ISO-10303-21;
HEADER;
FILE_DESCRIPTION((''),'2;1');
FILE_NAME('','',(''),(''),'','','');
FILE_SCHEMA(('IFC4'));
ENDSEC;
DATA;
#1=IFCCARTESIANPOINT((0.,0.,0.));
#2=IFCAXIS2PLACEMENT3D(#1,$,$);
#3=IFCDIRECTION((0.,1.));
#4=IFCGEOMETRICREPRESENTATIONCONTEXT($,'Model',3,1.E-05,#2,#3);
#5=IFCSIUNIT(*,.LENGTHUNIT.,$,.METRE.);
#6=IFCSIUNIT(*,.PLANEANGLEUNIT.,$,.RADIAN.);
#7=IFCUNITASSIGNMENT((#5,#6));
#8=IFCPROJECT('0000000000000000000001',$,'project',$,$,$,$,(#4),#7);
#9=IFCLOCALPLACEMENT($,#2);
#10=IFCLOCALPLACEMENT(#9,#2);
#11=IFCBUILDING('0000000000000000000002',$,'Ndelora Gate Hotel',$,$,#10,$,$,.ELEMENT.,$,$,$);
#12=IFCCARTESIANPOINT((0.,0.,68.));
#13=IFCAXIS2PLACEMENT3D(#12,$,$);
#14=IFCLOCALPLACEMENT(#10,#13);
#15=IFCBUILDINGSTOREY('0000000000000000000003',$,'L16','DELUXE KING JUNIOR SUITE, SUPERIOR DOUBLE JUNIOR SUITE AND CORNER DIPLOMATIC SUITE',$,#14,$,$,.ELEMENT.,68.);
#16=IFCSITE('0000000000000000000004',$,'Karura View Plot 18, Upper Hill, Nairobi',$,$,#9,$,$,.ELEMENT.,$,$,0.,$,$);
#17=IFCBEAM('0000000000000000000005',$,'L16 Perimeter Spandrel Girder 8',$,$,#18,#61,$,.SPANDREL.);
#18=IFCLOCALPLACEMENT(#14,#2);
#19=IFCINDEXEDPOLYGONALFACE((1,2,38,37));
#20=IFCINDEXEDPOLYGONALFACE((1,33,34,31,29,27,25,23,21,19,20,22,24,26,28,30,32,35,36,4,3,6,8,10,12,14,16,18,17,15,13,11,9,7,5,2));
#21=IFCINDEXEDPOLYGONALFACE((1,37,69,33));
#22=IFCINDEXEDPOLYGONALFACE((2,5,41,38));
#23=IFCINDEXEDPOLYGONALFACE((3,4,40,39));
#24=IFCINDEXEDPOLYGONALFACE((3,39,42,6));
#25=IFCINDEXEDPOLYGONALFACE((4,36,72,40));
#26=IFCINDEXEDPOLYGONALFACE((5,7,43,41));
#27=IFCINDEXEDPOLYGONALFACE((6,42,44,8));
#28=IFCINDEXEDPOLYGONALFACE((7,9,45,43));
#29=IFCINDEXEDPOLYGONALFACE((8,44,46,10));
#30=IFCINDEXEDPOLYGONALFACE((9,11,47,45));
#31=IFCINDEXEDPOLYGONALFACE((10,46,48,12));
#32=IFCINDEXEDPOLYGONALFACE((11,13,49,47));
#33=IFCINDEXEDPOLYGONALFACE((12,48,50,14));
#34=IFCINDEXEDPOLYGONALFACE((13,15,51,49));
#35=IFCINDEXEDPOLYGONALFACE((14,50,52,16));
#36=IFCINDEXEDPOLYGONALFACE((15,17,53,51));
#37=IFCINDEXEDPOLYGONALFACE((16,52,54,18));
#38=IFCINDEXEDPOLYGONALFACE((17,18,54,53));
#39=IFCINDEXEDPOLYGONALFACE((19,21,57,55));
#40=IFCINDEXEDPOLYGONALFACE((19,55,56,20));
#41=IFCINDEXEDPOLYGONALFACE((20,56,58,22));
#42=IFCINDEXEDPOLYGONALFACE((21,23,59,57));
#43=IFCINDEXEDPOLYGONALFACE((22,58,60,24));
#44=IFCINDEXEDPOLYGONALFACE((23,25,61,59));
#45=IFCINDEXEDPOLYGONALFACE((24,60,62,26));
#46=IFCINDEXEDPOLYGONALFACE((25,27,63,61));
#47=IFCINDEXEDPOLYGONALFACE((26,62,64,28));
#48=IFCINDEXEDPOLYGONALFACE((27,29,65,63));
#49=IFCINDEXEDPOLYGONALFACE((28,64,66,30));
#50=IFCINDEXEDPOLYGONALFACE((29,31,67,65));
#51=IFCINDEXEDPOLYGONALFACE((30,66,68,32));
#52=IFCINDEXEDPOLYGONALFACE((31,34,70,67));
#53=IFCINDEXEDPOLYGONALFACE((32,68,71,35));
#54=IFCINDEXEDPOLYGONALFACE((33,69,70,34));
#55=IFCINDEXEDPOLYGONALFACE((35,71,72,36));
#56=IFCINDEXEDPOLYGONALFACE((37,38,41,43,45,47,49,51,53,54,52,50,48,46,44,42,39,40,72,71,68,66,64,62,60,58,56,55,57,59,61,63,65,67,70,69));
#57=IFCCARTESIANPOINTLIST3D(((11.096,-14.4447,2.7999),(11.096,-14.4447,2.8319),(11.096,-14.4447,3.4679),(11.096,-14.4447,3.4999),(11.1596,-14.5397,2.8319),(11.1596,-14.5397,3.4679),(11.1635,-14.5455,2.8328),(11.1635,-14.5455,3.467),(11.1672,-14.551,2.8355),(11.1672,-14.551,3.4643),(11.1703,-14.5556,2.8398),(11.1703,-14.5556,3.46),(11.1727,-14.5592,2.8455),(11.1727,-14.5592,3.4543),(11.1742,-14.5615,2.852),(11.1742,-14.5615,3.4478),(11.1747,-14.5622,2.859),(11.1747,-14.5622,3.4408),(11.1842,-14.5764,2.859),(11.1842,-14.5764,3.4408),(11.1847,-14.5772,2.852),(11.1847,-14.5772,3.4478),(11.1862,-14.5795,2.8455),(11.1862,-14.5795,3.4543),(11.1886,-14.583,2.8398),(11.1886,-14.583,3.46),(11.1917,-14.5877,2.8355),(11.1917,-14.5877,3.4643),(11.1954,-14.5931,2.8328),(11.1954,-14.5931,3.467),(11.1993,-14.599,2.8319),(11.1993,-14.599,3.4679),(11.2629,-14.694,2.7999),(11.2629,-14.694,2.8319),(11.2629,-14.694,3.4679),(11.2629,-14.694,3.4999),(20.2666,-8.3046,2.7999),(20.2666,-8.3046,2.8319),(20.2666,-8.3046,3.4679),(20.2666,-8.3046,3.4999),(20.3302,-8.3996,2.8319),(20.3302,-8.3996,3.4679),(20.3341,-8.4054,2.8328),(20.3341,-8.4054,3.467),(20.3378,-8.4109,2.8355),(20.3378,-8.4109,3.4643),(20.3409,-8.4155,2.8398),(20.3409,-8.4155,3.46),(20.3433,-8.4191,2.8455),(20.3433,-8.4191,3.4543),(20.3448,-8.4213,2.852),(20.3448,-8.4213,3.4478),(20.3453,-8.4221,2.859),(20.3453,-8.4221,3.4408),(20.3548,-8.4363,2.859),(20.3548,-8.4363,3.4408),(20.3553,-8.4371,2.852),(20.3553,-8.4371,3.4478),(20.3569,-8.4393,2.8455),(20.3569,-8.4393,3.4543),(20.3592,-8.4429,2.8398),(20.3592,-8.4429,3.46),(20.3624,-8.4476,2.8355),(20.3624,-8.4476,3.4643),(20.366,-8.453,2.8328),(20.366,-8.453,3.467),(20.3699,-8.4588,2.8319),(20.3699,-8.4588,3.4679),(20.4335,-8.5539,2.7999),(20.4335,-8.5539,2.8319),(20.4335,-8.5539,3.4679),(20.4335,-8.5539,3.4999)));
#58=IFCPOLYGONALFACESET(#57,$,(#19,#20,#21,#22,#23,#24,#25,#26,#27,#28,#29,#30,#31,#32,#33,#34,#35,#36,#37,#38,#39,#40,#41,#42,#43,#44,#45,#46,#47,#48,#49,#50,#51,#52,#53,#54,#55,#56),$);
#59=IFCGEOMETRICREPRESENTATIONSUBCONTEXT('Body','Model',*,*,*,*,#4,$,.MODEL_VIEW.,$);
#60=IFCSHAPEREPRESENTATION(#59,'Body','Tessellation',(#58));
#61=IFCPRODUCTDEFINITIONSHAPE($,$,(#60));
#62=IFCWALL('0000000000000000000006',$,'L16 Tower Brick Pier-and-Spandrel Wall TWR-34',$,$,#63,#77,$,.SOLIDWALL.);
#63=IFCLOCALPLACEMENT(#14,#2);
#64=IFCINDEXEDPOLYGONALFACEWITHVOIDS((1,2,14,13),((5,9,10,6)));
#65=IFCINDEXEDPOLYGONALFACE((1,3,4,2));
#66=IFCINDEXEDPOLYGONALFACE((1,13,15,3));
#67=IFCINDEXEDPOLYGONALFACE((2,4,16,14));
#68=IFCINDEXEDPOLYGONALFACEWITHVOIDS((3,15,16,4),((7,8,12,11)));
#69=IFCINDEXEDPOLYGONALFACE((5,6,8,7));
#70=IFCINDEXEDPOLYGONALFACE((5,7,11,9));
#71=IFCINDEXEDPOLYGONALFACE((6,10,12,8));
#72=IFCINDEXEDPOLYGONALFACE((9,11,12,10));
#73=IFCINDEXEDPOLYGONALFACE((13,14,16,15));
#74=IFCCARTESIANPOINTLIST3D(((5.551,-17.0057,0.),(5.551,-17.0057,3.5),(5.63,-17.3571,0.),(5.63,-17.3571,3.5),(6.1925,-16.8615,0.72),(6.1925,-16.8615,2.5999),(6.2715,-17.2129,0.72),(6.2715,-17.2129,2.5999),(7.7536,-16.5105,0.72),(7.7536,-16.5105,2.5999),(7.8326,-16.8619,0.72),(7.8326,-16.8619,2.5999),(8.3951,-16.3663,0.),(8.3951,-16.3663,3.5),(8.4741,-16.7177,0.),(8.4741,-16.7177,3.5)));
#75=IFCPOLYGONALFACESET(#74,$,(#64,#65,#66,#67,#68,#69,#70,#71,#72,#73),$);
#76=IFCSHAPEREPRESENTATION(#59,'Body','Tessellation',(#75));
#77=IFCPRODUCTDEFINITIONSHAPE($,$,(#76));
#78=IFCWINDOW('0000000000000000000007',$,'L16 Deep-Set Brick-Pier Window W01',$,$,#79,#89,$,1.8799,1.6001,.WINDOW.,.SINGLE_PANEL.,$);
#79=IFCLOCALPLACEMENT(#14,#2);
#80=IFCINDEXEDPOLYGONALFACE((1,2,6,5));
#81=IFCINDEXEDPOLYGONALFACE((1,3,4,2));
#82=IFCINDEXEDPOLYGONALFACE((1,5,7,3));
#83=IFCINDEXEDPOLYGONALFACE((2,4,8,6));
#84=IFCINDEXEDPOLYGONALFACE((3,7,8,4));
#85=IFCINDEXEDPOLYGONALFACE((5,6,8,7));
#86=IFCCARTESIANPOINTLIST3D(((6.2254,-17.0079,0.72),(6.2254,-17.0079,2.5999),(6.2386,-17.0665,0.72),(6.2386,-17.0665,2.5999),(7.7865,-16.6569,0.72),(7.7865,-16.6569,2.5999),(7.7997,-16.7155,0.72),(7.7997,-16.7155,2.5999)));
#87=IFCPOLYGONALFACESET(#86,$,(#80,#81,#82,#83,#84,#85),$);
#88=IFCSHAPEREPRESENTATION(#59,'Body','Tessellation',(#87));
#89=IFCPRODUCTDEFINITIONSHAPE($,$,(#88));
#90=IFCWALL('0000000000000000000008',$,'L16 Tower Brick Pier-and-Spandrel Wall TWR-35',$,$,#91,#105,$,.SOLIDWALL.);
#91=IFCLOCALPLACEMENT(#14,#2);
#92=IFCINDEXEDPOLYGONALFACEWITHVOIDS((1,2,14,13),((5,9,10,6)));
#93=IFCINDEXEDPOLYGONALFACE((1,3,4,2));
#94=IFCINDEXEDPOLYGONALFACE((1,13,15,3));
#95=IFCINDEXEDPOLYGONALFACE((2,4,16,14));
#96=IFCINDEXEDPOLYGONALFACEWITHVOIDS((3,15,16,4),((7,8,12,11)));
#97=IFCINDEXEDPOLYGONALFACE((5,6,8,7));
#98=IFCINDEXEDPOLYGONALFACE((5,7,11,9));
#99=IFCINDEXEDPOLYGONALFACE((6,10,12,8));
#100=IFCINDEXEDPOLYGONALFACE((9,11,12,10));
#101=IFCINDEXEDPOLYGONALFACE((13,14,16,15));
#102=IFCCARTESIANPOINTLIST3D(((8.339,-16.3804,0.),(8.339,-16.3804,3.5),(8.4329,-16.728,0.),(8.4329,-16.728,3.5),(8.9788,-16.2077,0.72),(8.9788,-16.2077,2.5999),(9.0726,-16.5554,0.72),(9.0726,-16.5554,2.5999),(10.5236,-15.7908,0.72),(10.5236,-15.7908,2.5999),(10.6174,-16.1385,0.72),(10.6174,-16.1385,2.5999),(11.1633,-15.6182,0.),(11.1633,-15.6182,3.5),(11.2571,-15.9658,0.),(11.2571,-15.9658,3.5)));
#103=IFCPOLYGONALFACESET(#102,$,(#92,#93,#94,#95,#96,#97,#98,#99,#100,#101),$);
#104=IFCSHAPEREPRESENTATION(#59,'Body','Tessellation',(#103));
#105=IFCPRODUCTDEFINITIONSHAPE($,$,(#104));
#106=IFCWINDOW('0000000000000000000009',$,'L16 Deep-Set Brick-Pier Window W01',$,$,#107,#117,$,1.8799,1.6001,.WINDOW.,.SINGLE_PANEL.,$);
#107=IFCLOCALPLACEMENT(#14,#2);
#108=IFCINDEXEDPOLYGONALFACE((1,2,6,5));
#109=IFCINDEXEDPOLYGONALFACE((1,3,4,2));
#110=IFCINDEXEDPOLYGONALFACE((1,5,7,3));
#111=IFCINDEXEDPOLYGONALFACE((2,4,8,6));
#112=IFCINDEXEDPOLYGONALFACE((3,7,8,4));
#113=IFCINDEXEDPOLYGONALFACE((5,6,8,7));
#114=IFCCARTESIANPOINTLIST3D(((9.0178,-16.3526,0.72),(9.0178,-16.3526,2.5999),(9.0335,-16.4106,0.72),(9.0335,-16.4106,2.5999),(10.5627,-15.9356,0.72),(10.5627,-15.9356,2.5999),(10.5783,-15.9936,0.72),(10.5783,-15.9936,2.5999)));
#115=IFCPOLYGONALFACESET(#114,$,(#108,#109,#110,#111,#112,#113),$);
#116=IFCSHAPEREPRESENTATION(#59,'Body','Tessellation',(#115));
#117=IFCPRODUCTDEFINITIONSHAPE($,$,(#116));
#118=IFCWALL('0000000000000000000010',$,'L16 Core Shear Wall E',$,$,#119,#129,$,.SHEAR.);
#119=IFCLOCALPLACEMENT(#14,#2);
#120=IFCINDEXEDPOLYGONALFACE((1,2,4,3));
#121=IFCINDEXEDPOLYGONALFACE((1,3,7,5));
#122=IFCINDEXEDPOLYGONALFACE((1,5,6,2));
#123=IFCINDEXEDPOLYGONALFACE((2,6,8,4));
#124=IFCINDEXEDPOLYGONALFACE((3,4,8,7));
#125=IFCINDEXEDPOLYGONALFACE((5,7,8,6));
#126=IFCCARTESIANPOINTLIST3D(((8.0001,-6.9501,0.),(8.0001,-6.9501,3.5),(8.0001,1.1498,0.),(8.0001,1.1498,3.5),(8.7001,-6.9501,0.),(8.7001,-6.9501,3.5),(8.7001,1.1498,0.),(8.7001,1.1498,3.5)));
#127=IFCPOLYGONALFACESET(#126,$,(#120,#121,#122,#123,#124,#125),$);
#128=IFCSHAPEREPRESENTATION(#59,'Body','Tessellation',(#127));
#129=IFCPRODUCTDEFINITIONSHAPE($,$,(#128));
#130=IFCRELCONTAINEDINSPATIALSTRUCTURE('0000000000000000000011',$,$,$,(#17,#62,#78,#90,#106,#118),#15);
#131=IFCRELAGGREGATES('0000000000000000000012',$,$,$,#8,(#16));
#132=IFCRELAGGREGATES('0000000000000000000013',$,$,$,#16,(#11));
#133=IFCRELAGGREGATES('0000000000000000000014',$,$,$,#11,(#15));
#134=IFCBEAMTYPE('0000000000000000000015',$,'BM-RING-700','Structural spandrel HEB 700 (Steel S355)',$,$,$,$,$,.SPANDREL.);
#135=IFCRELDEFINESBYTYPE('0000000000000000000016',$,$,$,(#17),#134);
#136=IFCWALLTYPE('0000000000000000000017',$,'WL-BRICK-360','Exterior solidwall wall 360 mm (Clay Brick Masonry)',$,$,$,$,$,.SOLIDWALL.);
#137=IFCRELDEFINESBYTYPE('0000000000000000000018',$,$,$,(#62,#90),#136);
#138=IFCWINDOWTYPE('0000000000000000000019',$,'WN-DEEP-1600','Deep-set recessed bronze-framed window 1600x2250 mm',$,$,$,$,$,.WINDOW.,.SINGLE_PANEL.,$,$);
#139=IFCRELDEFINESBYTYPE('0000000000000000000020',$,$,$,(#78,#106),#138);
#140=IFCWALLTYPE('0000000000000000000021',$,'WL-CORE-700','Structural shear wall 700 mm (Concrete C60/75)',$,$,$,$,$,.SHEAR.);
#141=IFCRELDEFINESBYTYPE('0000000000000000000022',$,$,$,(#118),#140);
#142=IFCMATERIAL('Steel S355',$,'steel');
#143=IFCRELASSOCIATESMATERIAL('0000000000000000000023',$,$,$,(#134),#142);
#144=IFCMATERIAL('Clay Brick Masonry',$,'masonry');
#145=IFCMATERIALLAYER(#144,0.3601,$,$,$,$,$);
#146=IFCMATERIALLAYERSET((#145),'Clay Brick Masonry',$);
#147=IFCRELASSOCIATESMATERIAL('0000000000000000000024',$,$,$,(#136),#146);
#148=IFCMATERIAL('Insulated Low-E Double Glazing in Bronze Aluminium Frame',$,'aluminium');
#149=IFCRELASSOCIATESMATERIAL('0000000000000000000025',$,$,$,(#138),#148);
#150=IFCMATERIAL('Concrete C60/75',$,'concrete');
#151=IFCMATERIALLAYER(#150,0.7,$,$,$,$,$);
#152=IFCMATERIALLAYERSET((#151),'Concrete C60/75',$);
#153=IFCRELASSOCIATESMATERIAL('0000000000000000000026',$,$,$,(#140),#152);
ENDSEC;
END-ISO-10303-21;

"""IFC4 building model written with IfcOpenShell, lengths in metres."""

from ifc_helpers import new_model, si_unit, direction, frame, frame_2d, origin, origin_2d, place, context, subcontext, project, spatial, rectangle, i_section, extrude, material, layer, layer_set, material_profile, profile_set, type_object, element, fill, save


model = new_model("IFC4")

# Units and contexts
model_context = context("Model", 3, precision=1e-05, world=origin(), true_north=direction((0.0, 1.0)))
body_context = subcontext(model_context, "Body", "Model", "MODEL_VIEW")
ifc_project = project(units=[si_unit("LENGTHUNIT", "METRE"), si_unit("PLANEANGLEUNIT", "RADIAN")], contexts=[model_context])

# Site, building, storey
site_placement = place(None, origin())
site = spatial("IfcSite", under=ifc_project, at=site_placement, Name="Karura View Plot 18, Upper Hill, Nairobi", CompositionType="ELEMENT", RefElevation=0.0)
building_placement = place(site_placement, origin())
building = spatial("IfcBuilding", under=site, at=building_placement, Name="Ndelora Gate Hotel", CompositionType="ELEMENT")
storey_placement = place(building_placement, frame((0.0, 0.0, 68.0)))
storey = spatial("IfcBuildingStorey", under=building, at=storey_placement, Name="L16", Description="DELUXE KING JUNIOR SUITE, SUPERIOR DOUBLE JUNIOR SUITE AND CORNER DIPLOMATIC SUITE", CompositionType="ELEMENT", Elevation=68.0)

# Shared definitions
ifc_material_1 = material(Name="Concrete C60/75", Category="concrete")

# Beam
ifc_material_2 = material(Name="Steel S355", Category="steel")
ifc_material_profile_1 = material_profile(ifc_material_2, i_section(OverallWidth=0.3, OverallDepth=0.7, WebThickness=0.0171, FlangeThickness=0.032, FilletRadius=0.0271, at=origin_2d()), Name="HEB 700")
ifc_profile_set_1 = profile_set([ifc_material_profile_1], Name="Steel S355")
beam_type_1 = type_object("IfcBeamType", Name="BM-RING-700", Description="Structural spandrel HEB 700 (Steel S355)", PredefinedType="SPANDREL", material=ifc_profile_set_1)
beam_1_placement = place(storey_placement, frame((11.1794, -14.5693, 3.1499), z_axis=(0.830946, 0.556353, 0.0), x_axis=(-0.556353, 0.830946, 0.0)))
element("IfcBeam", 1, at=beam_1_placement, inside=storey, type_object=beam_type_1, Name="L16 Perimeter Spandrel Girder 8", PredefinedType="SPANDREL", context=body_context, shape_type="SweptSolid", body=[
    extrude(i_section(OverallWidth=0.3, OverallDepth=0.7, WebThickness=0.0171, FlangeThickness=0.032, FilletRadius=0.0271, at=origin_2d()), origin(), (0.0, 0.0, 1.0), 11.0364),
])

# Walls, openings, windows
ifc_material_3 = material(Name="Clay Brick Masonry", Category="masonry")
ifc_layer_1 = layer(ifc_material_3, 0.3601)
ifc_layer_set_1 = layer_set([ifc_layer_1], Name="Clay Brick Masonry")
wall_type_1 = type_object("IfcWallType", Name="WL-BRICK-360", Description="Exterior solidwall wall 360 mm (Clay Brick Masonry)", PredefinedType="SOLIDWALL", material=ifc_layer_set_1)
wall_1_placement = place(storey_placement, frame((8.4346, -16.542, 0.0), z_axis=(0.0, 0.0, 1.0), x_axis=(-0.975646, -0.219351, 0.0)))
wall_1 = element("IfcWall", 2, at=wall_1_placement, inside=storey, type_object=wall_type_1, Name="L16 Tower Brick Pier-and-Spandrel Wall TWR-34", PredefinedType="SOLIDWALL", context=body_context, shape_type="SweptSolid", body=[
    extrude(rectangle(XDim=2.915, YDim=0.3601, at=frame_2d((1.4575, 0.0))), origin(), (0.0, 0.0, 1.0), 3.5),
])
opening_1_placement = place(wall_1_placement, frame((0.6575, 0.0, 0.72)))
opening_1 = element("IfcOpeningElement", 3, at=opening_1_placement, cuts=wall_1, PredefinedType="OPENING", context=body_context, shape_type="SweptSolid", body=[
    extrude(rectangle(XDim=1.6001, YDim=1.8799, at=frame_2d((0.8, 0.9399))), frame((0.0, 0.1899, 0.0), z_axis=(0.0, -1.0, 0.0), x_axis=(1.0, 0.0, 0.0)), (0.0, 0.0, 1.0), 0.3801),
])
ifc_material_4 = material(Name="Insulated Low-E Double Glazing in Bronze Aluminium Frame", Category="aluminium")
window_type = type_object("IfcWindowType", Name="WN-DEEP-1600", Description="Deep-set recessed bronze-framed window 1600x2250 mm", PartitioningType="SINGLE_PANEL", PredefinedType="WINDOW", material=ifc_material_4)
window_1_placement = place(opening_1_placement, origin())
window_1 = element("IfcWindow", 4, at=window_1_placement, inside=storey, type_object=window_type, Name="L16 Deep-Set Brick-Pier Window W01", OverallHeight=1.8799, OverallWidth=1.6001, PartitioningType="SINGLE_PANEL", PredefinedType="WINDOW", context=body_context, shape_type="SweptSolid", body=[
    extrude(rectangle(XDim=1.6001, YDim=1.8799, at=frame_2d((0.8, 0.9399))), frame((0.0, 0.03, 0.0), z_axis=(0.0, -1.0, 0.0), x_axis=(1.0, 0.0, 0.0)), (0.0, 0.0, 1.0), 0.0601),
])
fill(opening_1, window_1)
wall_2_placement = place(storey_placement, frame((11.2102, -15.792, 0.0), z_axis=(0.0, 0.0, 1.0), x_axis=(-0.965458, -0.26056, 0.0)))
wall_2 = element("IfcWall", 5, at=wall_2_placement, inside=storey, type_object=wall_type_1, Name="L16 Tower Brick Pier-and-Spandrel Wall TWR-35", PredefinedType="SOLIDWALL", context=body_context, shape_type="SweptSolid", body=[
    extrude(rectangle(XDim=2.9253, YDim=0.3601, at=frame_2d((1.4626, 0.0))), origin(), (0.0, 0.0, 1.0), 3.5),
])
opening_2_placement = place(wall_2_placement, frame((0.6626, 0.0, 0.72)))
opening_2 = element("IfcOpeningElement", 6, at=opening_2_placement, cuts=wall_2, PredefinedType="OPENING", context=body_context, shape_type="SweptSolid", body=[
    extrude(rectangle(XDim=1.6001, YDim=1.8799, at=frame_2d((0.8, 0.9399))), frame((0.0, 0.1899, 0.0), z_axis=(0.0, -1.0, 0.0), x_axis=(1.0, 0.0, 0.0)), (0.0, 0.0, 1.0), 0.3801),
])
window_2_placement = place(opening_2_placement, origin())
window_2 = element("IfcWindow", 7, at=window_2_placement, inside=storey, type_object=window_type, Name="L16 Deep-Set Brick-Pier Window W01", OverallHeight=1.8799, OverallWidth=1.6001, PartitioningType="SINGLE_PANEL", PredefinedType="WINDOW", context=body_context, shape_type="SweptSolid", body=[
    extrude(rectangle(XDim=1.6001, YDim=1.8799, at=frame_2d((0.8, 0.9399))), frame((0.0, 0.03, 0.0), z_axis=(0.0, -1.0, 0.0), x_axis=(1.0, 0.0, 0.0)), (0.0, 0.0, 1.0), 0.0601),
])
fill(opening_2, window_2)

# Wall
ifc_layer_2 = layer(ifc_material_1, 0.7)
ifc_layer_set_2 = layer_set([ifc_layer_2], Name="Concrete C60/75")
wall_type_2 = type_object("IfcWallType", Name="WL-CORE-700", Description="Structural shear wall 700 mm (Concrete C60/75)", PredefinedType="SHEAR", material=ifc_layer_set_2)
wall_3_placement = place(storey_placement, frame((8.3501, -6.95, 0.0), z_axis=(0.0, 0.0, 1.0), x_axis=(0.0, 1.0, 0.0)))
element("IfcWall", 8, at=wall_3_placement, inside=storey, type_object=wall_type_2, Name="L16 Core Shear Wall E", PredefinedType="SHEAR", context=body_context, shape_type="SweptSolid", body=[
    extrude(rectangle(XDim=8.0999, YDim=0.7, at=frame_2d((4.0498, 0.0))), origin(), (0.0, 0.0, 1.0), 3.5),
])

save(model, "model.ifc")
